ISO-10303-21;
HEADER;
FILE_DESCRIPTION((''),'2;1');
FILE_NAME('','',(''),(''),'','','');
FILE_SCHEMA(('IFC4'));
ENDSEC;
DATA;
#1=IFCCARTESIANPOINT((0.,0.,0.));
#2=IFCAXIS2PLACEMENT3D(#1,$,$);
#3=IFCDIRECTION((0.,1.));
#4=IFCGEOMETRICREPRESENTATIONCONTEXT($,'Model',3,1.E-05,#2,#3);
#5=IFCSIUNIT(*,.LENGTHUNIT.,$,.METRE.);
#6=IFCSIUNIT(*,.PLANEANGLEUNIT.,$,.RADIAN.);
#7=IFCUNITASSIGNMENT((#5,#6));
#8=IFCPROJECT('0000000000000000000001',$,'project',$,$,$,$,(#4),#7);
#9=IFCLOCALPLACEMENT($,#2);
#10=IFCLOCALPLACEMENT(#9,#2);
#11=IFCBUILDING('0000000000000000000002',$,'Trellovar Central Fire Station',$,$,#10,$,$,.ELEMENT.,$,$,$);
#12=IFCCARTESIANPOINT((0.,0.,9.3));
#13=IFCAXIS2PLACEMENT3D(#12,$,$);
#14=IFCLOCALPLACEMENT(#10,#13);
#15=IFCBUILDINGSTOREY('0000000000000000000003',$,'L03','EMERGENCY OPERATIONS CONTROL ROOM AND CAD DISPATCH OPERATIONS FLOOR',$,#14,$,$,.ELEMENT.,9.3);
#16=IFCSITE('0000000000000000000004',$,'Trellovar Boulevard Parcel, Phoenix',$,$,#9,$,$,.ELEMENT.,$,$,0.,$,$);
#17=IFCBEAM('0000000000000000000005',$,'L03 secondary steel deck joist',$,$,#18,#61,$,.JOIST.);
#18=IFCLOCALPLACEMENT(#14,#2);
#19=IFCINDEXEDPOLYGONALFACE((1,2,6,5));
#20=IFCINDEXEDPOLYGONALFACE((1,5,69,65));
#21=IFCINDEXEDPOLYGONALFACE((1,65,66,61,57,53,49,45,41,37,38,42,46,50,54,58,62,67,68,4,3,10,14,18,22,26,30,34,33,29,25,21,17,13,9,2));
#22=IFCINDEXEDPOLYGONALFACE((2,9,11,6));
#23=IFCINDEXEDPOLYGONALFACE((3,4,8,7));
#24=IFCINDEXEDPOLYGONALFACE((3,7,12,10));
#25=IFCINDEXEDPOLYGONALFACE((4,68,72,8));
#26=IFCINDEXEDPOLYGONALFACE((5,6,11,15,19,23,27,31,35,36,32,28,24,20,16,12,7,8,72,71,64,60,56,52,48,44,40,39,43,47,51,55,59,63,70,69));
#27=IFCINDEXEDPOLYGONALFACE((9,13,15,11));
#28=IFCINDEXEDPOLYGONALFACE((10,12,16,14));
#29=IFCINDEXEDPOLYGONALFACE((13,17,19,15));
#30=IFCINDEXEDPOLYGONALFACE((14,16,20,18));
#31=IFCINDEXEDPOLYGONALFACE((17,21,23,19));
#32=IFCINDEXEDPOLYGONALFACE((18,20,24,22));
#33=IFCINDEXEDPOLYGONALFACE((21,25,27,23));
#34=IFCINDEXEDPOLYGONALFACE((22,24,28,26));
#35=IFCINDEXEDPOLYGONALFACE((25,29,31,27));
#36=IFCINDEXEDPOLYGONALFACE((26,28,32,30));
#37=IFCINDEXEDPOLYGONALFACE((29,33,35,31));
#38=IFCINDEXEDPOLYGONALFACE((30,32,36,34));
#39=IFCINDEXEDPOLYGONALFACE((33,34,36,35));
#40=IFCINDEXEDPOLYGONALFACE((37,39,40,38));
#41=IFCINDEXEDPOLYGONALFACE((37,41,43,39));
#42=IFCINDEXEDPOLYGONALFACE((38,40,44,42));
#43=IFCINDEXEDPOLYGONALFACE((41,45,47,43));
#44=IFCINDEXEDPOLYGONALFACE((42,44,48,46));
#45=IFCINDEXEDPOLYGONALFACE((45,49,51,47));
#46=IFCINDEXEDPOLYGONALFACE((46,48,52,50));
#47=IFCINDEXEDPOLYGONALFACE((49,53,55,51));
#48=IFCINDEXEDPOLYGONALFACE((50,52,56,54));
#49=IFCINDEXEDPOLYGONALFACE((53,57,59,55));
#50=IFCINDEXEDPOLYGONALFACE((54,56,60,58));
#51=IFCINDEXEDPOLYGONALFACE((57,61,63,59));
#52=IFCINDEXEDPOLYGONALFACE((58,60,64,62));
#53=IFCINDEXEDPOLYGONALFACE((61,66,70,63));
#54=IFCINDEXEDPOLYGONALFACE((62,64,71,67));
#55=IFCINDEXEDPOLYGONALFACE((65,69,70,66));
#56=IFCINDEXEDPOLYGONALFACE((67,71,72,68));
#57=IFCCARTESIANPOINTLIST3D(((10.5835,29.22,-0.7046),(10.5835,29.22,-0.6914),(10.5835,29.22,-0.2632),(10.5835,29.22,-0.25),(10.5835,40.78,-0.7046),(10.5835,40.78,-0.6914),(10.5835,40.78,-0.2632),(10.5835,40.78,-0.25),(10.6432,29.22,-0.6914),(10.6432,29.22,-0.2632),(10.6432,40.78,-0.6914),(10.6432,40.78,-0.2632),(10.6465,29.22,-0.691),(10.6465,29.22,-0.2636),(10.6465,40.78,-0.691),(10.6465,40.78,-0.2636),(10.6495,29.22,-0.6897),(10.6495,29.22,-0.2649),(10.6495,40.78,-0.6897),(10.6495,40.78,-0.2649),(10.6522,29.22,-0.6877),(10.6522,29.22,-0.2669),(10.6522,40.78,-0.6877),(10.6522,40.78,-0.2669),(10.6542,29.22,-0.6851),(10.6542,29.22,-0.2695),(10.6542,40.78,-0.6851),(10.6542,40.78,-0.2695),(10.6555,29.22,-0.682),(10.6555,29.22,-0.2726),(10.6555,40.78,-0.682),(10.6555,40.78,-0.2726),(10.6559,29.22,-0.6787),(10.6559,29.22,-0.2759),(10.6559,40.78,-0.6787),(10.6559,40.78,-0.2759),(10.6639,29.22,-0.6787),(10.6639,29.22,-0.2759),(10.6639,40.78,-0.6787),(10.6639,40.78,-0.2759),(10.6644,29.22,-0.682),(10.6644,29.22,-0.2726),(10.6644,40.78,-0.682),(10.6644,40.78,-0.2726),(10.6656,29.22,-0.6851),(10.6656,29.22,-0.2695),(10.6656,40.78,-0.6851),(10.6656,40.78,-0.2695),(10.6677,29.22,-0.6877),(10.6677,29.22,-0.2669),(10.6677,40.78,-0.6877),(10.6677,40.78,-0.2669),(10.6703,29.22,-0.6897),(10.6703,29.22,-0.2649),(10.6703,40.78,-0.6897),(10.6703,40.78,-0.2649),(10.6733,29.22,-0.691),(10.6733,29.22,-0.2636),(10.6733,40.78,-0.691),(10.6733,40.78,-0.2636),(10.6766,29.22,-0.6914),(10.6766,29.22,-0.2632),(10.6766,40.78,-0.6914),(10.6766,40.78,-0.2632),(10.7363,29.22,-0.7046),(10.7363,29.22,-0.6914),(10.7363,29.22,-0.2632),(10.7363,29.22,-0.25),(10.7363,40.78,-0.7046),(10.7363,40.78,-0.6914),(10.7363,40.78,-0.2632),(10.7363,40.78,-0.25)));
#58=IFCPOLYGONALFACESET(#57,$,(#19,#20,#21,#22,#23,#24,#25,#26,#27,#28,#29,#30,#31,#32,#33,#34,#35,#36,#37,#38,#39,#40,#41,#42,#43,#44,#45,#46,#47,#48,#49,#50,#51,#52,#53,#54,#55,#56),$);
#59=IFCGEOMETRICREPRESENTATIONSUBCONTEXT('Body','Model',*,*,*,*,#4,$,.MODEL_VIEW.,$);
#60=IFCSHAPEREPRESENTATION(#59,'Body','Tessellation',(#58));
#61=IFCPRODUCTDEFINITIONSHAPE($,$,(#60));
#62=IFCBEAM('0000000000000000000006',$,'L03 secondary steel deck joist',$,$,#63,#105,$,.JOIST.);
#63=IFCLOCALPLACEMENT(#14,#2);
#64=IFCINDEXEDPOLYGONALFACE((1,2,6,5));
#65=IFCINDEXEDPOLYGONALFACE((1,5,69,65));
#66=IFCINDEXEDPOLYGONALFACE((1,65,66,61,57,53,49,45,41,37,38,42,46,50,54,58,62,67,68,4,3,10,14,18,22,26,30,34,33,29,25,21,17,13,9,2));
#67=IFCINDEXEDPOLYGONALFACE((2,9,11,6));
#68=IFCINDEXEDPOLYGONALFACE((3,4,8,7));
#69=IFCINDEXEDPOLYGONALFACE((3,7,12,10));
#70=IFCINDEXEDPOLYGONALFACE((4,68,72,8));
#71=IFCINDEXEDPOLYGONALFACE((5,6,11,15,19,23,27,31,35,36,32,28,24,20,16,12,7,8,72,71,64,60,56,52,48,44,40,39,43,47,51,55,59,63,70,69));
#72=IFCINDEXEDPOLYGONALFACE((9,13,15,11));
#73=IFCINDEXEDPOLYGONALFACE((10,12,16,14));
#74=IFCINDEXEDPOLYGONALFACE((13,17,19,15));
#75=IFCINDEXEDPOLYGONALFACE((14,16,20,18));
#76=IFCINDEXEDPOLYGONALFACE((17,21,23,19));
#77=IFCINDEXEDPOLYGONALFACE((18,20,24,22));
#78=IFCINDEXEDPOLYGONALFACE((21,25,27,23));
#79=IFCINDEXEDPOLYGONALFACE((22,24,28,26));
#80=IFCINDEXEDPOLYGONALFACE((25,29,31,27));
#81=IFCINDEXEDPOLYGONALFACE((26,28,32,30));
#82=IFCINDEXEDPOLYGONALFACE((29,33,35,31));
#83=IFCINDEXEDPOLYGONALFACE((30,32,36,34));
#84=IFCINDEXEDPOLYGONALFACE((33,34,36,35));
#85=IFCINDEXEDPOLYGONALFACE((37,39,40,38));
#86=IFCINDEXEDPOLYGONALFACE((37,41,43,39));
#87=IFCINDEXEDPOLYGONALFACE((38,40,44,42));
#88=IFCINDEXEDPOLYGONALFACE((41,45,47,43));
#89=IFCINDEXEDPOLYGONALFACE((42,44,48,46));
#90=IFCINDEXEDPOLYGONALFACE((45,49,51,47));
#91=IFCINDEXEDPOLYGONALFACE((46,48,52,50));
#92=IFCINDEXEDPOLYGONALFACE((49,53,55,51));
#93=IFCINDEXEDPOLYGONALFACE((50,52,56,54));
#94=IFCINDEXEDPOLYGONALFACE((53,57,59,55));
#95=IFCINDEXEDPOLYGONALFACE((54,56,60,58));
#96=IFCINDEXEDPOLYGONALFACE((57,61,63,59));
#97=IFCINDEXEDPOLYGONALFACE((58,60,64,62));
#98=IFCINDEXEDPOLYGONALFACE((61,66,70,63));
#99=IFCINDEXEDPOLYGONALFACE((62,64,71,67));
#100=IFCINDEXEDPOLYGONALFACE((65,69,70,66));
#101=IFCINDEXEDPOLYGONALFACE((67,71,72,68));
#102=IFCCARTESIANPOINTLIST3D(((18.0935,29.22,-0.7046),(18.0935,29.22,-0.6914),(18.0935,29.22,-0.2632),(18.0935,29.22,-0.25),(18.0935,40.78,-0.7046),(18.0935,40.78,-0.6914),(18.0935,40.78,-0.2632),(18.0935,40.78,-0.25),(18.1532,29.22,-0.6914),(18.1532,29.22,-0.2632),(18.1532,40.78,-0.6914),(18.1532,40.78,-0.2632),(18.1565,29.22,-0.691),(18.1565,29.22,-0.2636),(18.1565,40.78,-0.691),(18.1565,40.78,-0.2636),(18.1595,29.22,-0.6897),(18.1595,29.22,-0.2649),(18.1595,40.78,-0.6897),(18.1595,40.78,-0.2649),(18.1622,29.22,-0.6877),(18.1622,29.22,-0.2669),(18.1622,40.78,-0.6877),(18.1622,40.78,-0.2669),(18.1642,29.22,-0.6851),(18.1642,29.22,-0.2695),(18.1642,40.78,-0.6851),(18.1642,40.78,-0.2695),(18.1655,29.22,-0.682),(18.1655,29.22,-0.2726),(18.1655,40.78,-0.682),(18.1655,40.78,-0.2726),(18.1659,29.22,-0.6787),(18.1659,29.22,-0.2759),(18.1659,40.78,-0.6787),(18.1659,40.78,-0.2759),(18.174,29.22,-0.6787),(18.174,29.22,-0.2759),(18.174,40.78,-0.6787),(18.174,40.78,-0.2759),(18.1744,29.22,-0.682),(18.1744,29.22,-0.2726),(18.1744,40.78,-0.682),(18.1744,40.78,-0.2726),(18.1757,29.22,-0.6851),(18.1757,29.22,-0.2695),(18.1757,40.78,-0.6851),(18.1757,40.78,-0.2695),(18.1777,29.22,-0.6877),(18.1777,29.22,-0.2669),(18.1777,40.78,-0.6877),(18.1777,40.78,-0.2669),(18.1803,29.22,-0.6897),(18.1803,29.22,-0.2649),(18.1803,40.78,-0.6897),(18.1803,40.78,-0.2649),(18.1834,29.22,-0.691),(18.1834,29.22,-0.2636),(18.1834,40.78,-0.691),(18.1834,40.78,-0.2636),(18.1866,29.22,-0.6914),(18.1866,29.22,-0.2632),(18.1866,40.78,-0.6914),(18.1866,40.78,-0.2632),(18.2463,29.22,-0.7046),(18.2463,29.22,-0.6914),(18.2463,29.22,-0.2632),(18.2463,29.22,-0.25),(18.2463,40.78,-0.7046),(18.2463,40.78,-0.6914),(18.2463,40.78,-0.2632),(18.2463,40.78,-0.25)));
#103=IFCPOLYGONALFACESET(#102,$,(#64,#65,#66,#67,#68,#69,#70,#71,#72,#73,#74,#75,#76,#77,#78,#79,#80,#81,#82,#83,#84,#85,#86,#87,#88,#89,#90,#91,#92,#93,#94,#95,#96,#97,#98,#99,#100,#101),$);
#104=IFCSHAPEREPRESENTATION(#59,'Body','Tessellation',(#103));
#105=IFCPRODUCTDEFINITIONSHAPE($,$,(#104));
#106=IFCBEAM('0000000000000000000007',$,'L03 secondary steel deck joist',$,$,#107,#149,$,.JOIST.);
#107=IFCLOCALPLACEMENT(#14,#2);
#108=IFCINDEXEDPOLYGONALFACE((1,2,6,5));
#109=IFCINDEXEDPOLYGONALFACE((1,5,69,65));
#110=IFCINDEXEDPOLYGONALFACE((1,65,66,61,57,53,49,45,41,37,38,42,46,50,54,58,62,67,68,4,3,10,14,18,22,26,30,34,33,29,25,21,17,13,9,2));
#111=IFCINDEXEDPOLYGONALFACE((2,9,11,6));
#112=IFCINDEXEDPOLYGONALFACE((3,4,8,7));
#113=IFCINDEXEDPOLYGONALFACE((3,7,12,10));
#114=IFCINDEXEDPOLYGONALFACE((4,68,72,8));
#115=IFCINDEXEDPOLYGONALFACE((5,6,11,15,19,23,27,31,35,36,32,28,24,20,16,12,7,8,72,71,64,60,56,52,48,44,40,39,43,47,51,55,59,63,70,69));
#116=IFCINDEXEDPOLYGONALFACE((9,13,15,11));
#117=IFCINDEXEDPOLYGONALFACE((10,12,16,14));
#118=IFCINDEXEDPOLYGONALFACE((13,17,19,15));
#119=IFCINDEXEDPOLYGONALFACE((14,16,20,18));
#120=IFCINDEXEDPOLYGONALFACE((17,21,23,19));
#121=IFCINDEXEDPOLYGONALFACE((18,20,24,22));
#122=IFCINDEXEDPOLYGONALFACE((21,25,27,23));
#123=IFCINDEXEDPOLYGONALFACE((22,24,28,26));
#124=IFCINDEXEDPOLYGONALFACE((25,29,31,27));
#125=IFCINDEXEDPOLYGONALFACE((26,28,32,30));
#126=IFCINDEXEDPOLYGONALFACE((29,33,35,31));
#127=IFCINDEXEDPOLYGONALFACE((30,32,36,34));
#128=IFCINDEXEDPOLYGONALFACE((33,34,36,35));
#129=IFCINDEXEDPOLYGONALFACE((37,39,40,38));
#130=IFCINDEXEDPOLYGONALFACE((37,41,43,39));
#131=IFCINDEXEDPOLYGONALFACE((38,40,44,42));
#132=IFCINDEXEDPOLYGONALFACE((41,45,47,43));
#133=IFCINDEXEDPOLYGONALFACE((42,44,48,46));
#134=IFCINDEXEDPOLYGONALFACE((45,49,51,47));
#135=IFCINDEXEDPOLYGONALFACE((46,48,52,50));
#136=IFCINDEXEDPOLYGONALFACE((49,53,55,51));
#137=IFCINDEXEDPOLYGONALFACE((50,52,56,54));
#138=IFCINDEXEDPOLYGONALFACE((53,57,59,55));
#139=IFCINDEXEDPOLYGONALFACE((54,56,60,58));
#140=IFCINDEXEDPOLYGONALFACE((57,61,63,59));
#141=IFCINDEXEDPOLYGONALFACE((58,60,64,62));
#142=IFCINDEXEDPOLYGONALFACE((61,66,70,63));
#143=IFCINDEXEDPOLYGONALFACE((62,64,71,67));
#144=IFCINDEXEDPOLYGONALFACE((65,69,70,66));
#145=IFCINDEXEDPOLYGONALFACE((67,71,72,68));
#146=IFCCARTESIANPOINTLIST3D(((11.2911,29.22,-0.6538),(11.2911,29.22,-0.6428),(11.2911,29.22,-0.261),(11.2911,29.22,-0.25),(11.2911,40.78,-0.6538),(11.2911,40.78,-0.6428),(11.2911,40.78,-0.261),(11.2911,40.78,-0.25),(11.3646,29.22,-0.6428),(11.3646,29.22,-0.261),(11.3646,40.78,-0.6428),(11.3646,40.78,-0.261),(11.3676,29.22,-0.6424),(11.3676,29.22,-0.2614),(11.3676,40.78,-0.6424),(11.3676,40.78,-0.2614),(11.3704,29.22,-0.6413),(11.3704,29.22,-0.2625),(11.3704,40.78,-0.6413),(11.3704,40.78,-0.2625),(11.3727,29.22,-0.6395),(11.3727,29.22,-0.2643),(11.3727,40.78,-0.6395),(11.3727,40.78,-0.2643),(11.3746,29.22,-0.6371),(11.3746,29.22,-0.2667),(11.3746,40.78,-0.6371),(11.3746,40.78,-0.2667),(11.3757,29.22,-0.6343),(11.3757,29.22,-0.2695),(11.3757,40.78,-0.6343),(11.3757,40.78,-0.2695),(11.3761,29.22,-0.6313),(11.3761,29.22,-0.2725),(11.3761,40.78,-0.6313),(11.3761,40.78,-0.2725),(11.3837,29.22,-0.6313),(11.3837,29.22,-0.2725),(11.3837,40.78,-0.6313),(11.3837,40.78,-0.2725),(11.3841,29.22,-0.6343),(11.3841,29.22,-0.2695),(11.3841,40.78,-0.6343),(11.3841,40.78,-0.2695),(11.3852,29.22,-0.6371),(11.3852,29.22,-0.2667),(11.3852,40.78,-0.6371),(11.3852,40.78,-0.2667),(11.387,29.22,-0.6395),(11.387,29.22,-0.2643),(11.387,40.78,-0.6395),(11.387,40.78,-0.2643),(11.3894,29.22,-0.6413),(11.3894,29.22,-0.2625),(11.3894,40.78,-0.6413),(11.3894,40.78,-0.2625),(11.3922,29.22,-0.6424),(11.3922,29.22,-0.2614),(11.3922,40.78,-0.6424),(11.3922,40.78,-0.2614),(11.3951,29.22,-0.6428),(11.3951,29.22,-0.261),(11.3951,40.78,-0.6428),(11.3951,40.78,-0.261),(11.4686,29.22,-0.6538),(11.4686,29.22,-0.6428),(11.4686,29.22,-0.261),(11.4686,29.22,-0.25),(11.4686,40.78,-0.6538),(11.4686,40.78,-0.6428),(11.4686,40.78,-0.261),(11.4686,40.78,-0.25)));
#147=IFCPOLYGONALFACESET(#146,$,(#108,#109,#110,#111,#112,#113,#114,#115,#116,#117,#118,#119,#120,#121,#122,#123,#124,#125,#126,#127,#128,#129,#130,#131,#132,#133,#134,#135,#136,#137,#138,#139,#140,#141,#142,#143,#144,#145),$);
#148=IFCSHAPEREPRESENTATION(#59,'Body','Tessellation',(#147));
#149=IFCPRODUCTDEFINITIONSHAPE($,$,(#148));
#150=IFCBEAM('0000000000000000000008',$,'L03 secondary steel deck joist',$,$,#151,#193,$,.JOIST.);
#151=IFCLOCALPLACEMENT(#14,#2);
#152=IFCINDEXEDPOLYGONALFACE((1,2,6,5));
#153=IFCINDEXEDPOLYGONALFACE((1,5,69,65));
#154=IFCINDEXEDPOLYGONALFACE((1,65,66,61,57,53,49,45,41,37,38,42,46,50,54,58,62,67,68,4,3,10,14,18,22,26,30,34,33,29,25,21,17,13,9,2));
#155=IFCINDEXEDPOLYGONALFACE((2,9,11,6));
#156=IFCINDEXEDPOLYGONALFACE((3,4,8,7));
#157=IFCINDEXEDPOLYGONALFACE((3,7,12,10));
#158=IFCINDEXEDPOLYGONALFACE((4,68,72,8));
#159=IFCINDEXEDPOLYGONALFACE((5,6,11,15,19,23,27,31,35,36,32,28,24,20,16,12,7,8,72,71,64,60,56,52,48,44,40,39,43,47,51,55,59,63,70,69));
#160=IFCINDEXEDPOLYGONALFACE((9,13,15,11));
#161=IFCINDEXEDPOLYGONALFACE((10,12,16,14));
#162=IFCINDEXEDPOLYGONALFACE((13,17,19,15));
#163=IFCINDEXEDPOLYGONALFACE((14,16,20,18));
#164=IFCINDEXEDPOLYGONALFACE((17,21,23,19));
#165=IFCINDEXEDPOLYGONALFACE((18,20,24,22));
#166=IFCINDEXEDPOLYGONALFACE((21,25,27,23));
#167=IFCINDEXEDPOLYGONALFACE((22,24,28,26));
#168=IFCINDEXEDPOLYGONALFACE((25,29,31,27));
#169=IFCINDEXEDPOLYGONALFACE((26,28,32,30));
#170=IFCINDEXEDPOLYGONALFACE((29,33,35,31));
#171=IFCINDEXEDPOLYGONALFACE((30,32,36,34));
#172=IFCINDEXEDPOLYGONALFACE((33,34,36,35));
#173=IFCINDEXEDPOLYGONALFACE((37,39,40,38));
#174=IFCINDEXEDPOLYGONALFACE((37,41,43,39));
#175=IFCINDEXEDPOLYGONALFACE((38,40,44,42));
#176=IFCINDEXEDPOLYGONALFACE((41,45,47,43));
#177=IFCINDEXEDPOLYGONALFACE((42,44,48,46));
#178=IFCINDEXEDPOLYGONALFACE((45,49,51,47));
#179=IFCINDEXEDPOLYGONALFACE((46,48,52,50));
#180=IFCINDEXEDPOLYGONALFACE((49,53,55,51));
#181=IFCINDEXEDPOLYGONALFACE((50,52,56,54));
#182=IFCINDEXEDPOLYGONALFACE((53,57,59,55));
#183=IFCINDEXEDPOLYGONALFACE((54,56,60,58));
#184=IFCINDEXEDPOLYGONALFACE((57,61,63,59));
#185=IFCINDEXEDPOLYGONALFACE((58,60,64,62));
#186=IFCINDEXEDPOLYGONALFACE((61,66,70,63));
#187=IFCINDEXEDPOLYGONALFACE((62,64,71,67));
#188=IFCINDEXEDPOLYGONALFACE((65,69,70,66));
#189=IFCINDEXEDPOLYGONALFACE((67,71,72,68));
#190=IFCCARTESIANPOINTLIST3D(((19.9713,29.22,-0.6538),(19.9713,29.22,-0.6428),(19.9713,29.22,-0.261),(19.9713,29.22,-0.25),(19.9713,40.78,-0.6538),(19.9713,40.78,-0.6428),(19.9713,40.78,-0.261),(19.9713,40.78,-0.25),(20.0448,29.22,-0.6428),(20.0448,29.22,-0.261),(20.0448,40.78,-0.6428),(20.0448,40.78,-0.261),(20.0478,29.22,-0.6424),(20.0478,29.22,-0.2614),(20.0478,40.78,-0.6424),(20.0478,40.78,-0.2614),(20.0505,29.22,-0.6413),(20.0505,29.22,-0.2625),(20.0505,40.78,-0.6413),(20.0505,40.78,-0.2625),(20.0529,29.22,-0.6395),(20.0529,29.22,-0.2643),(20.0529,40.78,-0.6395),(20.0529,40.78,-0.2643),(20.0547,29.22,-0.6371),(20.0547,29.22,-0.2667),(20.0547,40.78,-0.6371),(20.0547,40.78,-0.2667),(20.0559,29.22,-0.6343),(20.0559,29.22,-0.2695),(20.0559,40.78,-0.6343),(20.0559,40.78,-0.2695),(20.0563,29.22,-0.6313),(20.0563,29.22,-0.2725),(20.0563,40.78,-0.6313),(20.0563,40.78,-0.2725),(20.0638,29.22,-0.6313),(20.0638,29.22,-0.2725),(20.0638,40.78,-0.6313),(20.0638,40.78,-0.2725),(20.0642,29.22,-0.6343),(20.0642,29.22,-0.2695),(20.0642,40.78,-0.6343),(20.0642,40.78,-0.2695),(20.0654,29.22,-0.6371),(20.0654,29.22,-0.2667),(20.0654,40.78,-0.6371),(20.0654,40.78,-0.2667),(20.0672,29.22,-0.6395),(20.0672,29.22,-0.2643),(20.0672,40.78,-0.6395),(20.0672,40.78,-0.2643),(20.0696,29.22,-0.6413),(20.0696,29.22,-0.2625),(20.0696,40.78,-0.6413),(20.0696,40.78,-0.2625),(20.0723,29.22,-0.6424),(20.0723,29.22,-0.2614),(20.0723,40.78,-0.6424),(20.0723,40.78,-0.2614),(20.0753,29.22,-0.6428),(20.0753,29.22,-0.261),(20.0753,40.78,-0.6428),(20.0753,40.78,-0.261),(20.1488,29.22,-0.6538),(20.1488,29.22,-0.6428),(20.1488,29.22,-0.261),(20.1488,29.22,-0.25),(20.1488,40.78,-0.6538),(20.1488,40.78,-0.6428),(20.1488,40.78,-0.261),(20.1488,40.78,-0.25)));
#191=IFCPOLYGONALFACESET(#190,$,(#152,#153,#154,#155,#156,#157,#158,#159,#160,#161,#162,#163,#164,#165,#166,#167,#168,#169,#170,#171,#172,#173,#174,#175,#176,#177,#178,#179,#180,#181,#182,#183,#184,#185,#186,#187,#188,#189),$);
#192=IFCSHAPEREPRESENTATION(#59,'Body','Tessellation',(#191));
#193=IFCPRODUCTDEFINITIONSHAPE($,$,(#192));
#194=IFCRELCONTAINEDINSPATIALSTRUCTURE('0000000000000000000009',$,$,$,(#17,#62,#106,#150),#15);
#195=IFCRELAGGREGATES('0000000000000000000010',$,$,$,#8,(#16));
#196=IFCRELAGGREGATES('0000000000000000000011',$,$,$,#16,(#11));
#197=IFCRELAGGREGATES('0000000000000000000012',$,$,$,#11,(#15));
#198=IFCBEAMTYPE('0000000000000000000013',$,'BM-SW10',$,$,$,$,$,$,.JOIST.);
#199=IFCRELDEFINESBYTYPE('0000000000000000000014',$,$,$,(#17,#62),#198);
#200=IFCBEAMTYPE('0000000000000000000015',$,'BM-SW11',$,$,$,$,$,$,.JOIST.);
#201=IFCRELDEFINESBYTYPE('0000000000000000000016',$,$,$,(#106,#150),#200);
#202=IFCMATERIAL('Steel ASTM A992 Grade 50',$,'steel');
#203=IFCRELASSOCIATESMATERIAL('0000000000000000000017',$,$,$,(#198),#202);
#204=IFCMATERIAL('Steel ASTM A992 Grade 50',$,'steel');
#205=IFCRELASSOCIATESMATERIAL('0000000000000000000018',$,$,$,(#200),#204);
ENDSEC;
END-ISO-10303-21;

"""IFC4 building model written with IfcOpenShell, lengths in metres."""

from ifc_helpers import new_model, si_unit, direction, frame, origin, origin_2d, place, context, subcontext, project, spatial, i_section, extrude, material, material_profile, profile_set, type_object, element, save


model = new_model("IFC4")

# Units and contexts
model_context = context("Model", 3, precision=1e-05, world=origin(), true_north=direction((0.0, 1.0)))
body_context = subcontext(model_context, "Body", "Model", "MODEL_VIEW")
ifc_project = project(units=[si_unit("LENGTHUNIT", "METRE"), si_unit("PLANEANGLEUNIT", "RADIAN")], contexts=[model_context])

# Site, building, storey
site_placement = place(None, origin())
site = spatial("IfcSite", under=ifc_project, at=site_placement, Name="Trellovar Boulevard Parcel, Phoenix", CompositionType="ELEMENT", RefElevation=0.0)
building_placement = place(site_placement, origin())
building = spatial("IfcBuilding", under=site, at=building_placement, Name="Trellovar Central Fire Station", CompositionType="ELEMENT")
storey_placement = place(building_placement, frame((0.0, 0.0, 9.3)))
storey = spatial("IfcBuildingStorey", under=building, at=storey_placement, Name="L03", Description="EMERGENCY OPERATIONS CONTROL ROOM AND CAD DISPATCH OPERATIONS FLOOR", CompositionType="ELEMENT", Elevation=9.3)

# Beams
ifc_material_1 = material(Name="Steel ASTM A992 Grade 50", Category="steel")
ifc_material_profile_1 = material_profile(ifc_material_1, i_section(OverallWidth=0.1528, OverallDepth=0.4546, WebThickness=0.0081, FlangeThickness=0.0132, FilletRadius=0.0127, at=origin_2d()), Name="W18X40")
ifc_profile_set_1 = profile_set([ifc_material_profile_1], Name="Steel ASTM A992 Grade 50")
beam_type_1 = type_object("IfcBeamType", Name="BM-SW10", PredefinedType="JOIST", material=ifc_profile_set_1)
for number, where, z_axis, x_axis, name in (
    (1, (10.6599, 29.22, -0.4773), (0.0, 1.0, 0.0), (-1.0, 0.0, 0.0), "L03 secondary steel deck joist"),
    (2, (18.1699, 29.22, -0.4773), (0.0, 1.0, 0.0), (-1.0, 0.0, 0.0), "L03 secondary steel deck joist"),
):
    element("IfcBeam", number, at=place(storey_placement, frame(where, z_axis=z_axis, x_axis=x_axis)), inside=storey, type_object=beam_type_1, Name=name, PredefinedType="JOIST", context=body_context, shape_type="SweptSolid", body=[
        extrude(i_section(OverallWidth=0.1528, OverallDepth=0.4546, WebThickness=0.0081, FlangeThickness=0.0132, FilletRadius=0.0127, at=origin_2d()), origin(), (0.0, 0.0, 1.0), 11.5601),
    ])
ifc_material_2 = material(Name="Steel ASTM A992 Grade 50", Category="steel")
ifc_material_profile_2 = material_profile(ifc_material_2, i_section(OverallWidth=0.1775, OverallDepth=0.4038, WebThickness=0.0076, FlangeThickness=0.011, FilletRadius=0.0115, at=origin_2d()), Name="W16X36")
ifc_profile_set_2 = profile_set([ifc_material_profile_2], Name="Steel ASTM A992 Grade 50")
beam_type_2 = type_object("IfcBeamType", Name="BM-SW11", PredefinedType="JOIST", material=ifc_profile_set_2)
for number, where, z_axis, x_axis, name in (
    (3, (11.3799, 29.22, -0.4519), (0.0, 1.0, 0.0), (-1.0, 0.0, 0.0), "L03 secondary steel deck joist"),
    (4, (20.0601, 29.22, -0.4519), (0.0, 1.0, 0.0), (-1.0, 0.0, 0.0), "L03 secondary steel deck joist"),
):
    element("IfcBeam", number, at=place(storey_placement, frame(where, z_axis=z_axis, x_axis=x_axis)), inside=storey, type_object=beam_type_2, Name=name, PredefinedType="JOIST", context=body_context, shape_type="SweptSolid", body=[
        extrude(i_section(OverallWidth=0.1775, OverallDepth=0.4038, WebThickness=0.0076, FlangeThickness=0.011, FilletRadius=0.0115, at=origin_2d()), origin(), (0.0, 0.0, 1.0), 11.5601),
    ])

save(model, "model.ifc")
